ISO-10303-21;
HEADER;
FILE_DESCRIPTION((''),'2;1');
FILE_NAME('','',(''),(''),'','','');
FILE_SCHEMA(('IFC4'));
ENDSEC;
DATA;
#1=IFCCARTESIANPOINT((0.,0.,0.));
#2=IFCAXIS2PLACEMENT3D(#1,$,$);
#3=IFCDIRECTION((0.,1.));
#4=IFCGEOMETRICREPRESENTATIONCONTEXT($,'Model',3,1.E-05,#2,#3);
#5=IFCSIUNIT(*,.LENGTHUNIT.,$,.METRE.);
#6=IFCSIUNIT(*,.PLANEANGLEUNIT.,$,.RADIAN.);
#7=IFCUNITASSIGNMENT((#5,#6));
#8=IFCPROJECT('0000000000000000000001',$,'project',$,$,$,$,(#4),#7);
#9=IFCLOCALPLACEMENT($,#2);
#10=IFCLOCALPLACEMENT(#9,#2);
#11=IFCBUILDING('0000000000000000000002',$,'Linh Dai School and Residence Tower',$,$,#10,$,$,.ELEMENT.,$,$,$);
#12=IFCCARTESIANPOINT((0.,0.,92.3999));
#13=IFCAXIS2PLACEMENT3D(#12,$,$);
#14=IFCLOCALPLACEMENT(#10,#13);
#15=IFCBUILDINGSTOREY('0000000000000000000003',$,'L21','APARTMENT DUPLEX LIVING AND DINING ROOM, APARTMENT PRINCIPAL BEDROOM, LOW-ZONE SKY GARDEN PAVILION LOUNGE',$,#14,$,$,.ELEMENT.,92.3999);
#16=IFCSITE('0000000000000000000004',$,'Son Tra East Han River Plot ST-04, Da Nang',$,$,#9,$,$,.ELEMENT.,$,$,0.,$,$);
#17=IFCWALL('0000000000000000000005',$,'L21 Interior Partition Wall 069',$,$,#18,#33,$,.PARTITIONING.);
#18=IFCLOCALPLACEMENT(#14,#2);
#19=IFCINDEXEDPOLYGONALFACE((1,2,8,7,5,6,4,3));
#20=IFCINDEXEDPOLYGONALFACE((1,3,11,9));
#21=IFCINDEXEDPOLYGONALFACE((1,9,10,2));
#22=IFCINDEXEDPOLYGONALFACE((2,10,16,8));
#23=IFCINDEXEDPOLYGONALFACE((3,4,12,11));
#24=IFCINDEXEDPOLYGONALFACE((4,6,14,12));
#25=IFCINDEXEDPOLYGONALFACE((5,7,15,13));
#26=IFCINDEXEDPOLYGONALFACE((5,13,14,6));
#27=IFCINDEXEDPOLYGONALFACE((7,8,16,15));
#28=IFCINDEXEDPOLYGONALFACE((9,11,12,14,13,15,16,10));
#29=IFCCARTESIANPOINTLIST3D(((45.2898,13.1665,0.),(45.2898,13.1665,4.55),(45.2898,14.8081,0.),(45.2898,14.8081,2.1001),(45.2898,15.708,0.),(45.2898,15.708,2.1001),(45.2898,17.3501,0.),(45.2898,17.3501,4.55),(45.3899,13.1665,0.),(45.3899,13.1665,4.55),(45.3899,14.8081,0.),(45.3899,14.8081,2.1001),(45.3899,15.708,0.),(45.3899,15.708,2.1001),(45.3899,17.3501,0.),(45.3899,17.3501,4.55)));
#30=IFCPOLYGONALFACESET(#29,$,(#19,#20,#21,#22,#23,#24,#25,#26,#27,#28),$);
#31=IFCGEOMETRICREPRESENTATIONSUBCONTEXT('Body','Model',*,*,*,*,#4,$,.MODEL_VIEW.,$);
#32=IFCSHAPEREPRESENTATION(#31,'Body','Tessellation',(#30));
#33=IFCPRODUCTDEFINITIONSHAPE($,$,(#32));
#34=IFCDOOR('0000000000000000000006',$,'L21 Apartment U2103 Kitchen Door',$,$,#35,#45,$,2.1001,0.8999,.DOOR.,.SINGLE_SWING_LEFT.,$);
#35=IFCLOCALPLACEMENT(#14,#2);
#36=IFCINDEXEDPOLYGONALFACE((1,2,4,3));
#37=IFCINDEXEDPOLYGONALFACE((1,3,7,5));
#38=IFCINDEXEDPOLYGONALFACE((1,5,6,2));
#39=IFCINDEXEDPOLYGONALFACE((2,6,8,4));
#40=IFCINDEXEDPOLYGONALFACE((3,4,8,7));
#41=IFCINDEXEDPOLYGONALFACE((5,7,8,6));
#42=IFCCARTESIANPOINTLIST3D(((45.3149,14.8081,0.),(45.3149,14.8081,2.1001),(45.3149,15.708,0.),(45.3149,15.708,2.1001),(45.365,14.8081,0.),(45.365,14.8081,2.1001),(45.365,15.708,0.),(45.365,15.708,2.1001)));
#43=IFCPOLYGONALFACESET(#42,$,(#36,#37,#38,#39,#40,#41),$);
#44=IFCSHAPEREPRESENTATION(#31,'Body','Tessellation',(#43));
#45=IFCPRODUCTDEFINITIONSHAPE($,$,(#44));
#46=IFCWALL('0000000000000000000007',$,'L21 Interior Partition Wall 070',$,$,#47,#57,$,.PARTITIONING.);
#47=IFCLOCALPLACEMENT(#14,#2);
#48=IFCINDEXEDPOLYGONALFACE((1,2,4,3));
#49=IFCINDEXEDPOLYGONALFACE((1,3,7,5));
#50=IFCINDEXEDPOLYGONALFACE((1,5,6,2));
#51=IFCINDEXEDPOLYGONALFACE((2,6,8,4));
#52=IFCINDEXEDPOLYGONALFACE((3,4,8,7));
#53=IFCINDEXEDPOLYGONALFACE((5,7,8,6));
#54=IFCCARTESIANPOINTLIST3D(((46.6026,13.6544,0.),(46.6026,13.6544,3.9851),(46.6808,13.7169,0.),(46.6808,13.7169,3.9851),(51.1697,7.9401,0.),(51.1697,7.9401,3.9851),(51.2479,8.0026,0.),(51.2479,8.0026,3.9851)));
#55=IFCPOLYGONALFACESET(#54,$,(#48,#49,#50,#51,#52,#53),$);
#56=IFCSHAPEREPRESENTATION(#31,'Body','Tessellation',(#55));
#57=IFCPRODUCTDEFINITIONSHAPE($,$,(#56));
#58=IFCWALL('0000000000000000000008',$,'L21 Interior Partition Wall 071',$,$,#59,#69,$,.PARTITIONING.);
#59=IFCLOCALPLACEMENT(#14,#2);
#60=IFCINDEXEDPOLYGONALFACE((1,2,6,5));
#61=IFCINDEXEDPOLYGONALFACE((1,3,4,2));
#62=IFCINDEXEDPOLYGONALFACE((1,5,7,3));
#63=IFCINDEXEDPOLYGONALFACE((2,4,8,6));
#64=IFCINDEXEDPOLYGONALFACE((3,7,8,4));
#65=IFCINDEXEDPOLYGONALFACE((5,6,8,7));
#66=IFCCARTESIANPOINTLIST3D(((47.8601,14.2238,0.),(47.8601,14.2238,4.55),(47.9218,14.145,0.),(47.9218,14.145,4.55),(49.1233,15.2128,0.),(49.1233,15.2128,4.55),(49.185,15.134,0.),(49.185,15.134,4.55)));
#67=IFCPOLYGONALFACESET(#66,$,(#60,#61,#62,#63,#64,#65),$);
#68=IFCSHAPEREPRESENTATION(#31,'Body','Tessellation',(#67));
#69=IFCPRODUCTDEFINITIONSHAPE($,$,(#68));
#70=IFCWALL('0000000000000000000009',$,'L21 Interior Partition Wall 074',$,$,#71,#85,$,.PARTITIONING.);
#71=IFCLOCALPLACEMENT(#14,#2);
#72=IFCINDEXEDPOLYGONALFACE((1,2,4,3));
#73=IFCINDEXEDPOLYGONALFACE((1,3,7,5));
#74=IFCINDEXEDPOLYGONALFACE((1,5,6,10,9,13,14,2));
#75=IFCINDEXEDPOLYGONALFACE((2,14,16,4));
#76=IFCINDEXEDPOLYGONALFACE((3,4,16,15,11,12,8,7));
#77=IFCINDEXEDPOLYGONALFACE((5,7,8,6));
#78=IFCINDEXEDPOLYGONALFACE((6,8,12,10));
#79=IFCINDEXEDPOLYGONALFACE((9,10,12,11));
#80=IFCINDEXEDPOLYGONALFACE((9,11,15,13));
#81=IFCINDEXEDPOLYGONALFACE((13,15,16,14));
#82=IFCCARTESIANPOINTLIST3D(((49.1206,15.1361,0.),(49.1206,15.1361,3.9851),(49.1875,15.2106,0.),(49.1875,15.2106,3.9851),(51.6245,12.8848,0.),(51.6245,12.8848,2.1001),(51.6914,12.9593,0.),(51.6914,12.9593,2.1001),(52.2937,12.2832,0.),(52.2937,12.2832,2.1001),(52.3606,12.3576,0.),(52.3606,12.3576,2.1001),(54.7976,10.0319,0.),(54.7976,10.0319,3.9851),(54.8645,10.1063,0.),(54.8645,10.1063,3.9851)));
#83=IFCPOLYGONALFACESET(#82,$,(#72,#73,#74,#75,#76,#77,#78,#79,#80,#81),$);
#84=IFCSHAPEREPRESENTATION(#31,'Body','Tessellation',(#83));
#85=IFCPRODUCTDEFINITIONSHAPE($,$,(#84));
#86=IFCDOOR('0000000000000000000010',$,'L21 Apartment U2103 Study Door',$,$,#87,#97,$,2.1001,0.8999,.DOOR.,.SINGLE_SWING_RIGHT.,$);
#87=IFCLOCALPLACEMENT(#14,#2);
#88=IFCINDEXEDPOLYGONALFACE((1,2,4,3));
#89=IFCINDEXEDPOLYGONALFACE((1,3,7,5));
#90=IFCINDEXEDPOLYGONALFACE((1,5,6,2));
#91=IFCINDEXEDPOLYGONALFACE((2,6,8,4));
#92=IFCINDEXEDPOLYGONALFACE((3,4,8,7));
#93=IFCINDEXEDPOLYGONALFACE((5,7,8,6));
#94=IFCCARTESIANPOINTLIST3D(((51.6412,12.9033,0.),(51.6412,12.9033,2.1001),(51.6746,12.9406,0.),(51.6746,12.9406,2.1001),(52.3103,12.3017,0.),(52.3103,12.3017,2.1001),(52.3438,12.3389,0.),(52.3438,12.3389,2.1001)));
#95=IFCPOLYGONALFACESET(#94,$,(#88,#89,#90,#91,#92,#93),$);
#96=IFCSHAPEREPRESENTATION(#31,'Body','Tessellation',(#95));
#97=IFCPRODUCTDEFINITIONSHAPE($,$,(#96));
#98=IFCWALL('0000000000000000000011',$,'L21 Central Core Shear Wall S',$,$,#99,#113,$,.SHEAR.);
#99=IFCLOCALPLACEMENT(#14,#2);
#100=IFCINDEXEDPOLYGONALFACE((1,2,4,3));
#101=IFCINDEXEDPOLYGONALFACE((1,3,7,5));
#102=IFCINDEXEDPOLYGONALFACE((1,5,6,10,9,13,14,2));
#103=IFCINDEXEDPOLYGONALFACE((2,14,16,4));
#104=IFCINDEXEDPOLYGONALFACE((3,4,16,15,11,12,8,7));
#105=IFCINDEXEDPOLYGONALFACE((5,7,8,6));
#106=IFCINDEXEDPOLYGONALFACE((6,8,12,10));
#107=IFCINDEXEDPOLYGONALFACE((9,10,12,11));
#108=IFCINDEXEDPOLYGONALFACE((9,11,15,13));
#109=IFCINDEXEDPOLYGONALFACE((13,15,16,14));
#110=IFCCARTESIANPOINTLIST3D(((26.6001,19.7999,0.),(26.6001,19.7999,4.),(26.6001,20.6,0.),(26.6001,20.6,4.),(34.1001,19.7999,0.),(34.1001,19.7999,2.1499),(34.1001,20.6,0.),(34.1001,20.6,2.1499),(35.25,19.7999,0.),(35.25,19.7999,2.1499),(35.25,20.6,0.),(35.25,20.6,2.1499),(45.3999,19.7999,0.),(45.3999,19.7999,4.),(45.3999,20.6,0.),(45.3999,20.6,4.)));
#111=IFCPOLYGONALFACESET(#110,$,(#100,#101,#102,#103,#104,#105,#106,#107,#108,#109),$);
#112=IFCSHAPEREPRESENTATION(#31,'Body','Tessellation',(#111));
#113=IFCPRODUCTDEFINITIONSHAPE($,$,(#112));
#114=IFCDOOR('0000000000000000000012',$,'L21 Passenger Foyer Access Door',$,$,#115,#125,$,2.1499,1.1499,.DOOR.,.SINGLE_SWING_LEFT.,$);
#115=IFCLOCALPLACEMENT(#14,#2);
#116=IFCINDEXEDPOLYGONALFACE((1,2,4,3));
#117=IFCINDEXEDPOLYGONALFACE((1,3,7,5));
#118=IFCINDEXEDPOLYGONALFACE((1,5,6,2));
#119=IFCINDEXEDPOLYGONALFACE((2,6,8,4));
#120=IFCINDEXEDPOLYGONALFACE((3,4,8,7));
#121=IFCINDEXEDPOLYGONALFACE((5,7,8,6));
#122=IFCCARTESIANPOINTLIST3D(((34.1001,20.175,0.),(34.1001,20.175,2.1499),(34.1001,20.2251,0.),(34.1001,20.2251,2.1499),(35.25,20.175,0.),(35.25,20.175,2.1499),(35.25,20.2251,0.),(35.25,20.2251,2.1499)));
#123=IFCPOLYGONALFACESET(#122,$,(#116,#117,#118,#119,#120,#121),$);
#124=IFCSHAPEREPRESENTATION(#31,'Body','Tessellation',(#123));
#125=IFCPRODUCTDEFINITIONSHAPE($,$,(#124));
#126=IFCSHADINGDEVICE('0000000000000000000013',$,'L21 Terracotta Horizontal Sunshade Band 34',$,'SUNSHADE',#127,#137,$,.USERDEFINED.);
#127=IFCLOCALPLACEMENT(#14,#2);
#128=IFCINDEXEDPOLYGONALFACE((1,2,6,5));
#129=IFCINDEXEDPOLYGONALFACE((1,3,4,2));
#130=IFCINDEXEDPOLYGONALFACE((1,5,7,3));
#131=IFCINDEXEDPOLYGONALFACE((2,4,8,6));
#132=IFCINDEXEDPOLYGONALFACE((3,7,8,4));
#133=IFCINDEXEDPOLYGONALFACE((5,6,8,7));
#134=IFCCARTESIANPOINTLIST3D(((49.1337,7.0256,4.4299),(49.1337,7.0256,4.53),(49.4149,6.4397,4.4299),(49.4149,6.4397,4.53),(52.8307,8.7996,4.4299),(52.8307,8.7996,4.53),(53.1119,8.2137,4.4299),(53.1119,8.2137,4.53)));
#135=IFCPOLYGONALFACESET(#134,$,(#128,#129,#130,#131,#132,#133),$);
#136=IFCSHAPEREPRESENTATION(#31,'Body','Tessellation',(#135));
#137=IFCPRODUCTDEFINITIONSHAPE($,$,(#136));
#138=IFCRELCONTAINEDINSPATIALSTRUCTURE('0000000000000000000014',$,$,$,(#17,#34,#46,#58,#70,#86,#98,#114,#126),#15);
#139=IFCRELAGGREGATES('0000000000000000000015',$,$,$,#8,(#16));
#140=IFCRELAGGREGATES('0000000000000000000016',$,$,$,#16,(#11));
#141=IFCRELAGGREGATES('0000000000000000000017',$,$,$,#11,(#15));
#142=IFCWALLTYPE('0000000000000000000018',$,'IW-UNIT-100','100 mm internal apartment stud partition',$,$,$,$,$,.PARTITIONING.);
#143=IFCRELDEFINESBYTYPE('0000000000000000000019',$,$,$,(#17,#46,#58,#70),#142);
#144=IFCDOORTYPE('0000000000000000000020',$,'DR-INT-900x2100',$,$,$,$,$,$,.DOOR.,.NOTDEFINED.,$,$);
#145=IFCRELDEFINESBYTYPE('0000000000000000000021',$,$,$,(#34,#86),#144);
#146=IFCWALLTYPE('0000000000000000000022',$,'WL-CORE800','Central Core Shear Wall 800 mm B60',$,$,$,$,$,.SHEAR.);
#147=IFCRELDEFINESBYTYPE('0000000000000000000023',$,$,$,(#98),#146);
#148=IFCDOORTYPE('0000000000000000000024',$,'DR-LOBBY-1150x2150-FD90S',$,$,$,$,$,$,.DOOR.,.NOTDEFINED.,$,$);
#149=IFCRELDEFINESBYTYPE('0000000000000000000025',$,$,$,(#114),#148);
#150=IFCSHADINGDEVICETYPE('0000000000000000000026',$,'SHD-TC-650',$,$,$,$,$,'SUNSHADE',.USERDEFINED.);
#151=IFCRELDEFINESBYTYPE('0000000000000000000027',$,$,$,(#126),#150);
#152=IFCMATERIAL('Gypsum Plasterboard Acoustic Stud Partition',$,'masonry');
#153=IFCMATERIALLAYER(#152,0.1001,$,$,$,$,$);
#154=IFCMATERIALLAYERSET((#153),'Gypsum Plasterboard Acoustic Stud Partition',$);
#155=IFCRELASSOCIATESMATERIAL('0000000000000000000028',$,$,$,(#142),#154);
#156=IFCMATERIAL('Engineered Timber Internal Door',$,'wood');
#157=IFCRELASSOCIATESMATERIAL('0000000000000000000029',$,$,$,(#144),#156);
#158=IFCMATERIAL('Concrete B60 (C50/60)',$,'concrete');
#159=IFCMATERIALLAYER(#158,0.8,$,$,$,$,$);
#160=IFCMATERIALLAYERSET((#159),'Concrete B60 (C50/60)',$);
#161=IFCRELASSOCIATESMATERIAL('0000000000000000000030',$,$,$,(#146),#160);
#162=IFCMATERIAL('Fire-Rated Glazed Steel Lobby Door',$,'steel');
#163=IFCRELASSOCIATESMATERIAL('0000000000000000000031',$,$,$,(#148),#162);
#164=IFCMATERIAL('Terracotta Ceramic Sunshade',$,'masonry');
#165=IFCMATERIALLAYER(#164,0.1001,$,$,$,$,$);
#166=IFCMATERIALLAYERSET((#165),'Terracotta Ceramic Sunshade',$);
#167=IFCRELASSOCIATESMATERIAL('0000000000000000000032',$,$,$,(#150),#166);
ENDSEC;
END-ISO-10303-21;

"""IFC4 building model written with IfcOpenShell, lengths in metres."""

from ifc_helpers import new_model, si_unit, direction, frame, frame_2d, origin, origin_2d, place, context, subcontext, project, spatial, rectangle, extrude, source, transform, mapped, material, layer, layer_set, type_object, element, fill, save


model = new_model("IFC4")

# Units and contexts
model_context = context("Model", 3, precision=1e-05, world=origin(), true_north=direction((0.0, 1.0)))
body_context = subcontext(model_context, "Body", "Model", "MODEL_VIEW")
ifc_project = project(units=[si_unit("LENGTHUNIT", "METRE"), si_unit("PLANEANGLEUNIT", "RADIAN")], contexts=[model_context])

# Site, building, storey
site_placement = place(None, origin())
site = spatial("IfcSite", under=ifc_project, at=site_placement, Name="Son Tra East Han River Plot ST-04, Da Nang", CompositionType="ELEMENT", RefElevation=0.0)
building_placement = place(site_placement, origin())
building = spatial("IfcBuilding", under=site, at=building_placement, Name="Linh Dai School and Residence Tower", CompositionType="ELEMENT")
storey_placement = place(building_placement, frame((0.0, 0.0, 92.3999)))
storey = spatial("IfcBuildingStorey", under=building, at=storey_placement, Name="L21", Description="APARTMENT DUPLEX LIVING AND DINING ROOM, APARTMENT PRINCIPAL BEDROOM, LOW-ZONE SKY GARDEN PAVILION LOUNGE", CompositionType="ELEMENT", Elevation=92.3999)

# Shared definitions
ifc_material_1 = material(Name="Concrete B60 (C50/60)", Category="concrete")

# Wall, opening, door
ifc_material_2 = material(Name="Gypsum Plasterboard Acoustic Stud Partition", Category="masonry")
ifc_layer_1 = layer(ifc_material_2, 0.1001)
ifc_layer_set_1 = layer_set([ifc_layer_1], Name="Gypsum Plasterboard Acoustic Stud Partition")
wall_type_1 = type_object("IfcWallType", Name="IW-UNIT-100", Description="100 mm internal apartment stud partition", PredefinedType="PARTITIONING", material=ifc_layer_set_1)
wall_1_placement = place(storey_placement, frame((45.3398, 13.1665, 0.0), z_axis=(0.0, 0.0, 1.0), x_axis=(0.0, 1.0, 0.0)))
wall_1 = element("IfcWall", 1, at=wall_1_placement, inside=storey, type_object=wall_type_1, Name="L21 Interior Partition Wall 069", PredefinedType="PARTITIONING", context=body_context, shape_type="SweptSolid", body=[
    extrude(rectangle(XDim=4.1836, YDim=0.1001, at=frame_2d((2.0918, 0.0))), origin(), (0.0, 0.0, 1.0), 4.55),
])
opening_1_placement = place(wall_1_placement, frame((1.6416, 0.0, 0.0)))
opening_1 = element("IfcOpeningElement", 2, at=opening_1_placement, cuts=wall_1, PredefinedType="OPENING", context=body_context, shape_type="SweptSolid", body=[
    extrude(rectangle(XDim=0.8999, YDim=2.1001, at=origin_2d()), frame((0.45, 0.0601, 1.05), z_axis=(0.0, -1.0, 0.0), x_axis=(1.0, 0.0, 0.0)), (0.0, 0.0, 1.0), 0.1201),
])
ifc_material_3 = material(Name="Engineered Timber Internal Door", Category="wood")
door_type_1 = type_object("IfcDoorType", Name="DR-INT-900x2100", OperationType="NOTDEFINED", PredefinedType="DOOR", material=ifc_material_3)
shared_shape_1 = source(origin(), body_context, "Body", "SweptSolid", [
    extrude(rectangle(XDim=0.8999, YDim=2.1001, at=origin_2d()), frame((0.45, 0.0249, 1.05), z_axis=(0.0, -1.0, 0.0), x_axis=(1.0, 0.0, 0.0)), (0.0, 0.0, 1.0), 0.05),
])
door_1_placement = place(opening_1_placement, origin())
door_1 = element("IfcDoor", 3, at=door_1_placement, inside=storey, type_object=door_type_1, Name="L21 Apartment U2103 Kitchen Door", OperationType="SINGLE_SWING_LEFT", OverallHeight=2.1001, OverallWidth=0.8999, PredefinedType="DOOR", context=body_context, shape_type="MappedRepresentation", body=[
    mapped(shared_shape_1, transform((0.0, 0.0, 0.0), x_axis=(1.0, 0.0, 0.0), y_axis=(0.0, 1.0, 0.0), z_axis=(0.0, 0.0, 1.0), scale=1.0)),
])
fill(opening_1, door_1)

# Walls
wall_2_placement = place(storey_placement, frame((46.6416, 13.6858, 0.0), z_axis=(0.0, 0.0, 1.0), x_axis=(0.624333, -0.781159, 0.0)))
element("IfcWall", 4, at=wall_2_placement, inside=storey, type_object=wall_type_1, Name="L21 Interior Partition Wall 070", PredefinedType="PARTITIONING", context=body_context, shape_type="SweptSolid", body=[
    extrude(rectangle(XDim=7.3152, YDim=0.1001, at=frame_2d((3.6577, 0.0))), origin(), (0.0, 0.0, 1.0), 3.9851),
])
wall_3_placement = place(storey_placement, frame((47.8909, 14.1843, 0.0), z_axis=(0.0, 0.0, 1.0), x_axis=(0.787373, 0.616476, 0.0)))
element("IfcWall", 5, at=wall_3_placement, inside=storey, type_object=wall_type_1, Name="L21 Interior Partition Wall 071", PredefinedType="PARTITIONING", context=body_context, shape_type="SweptSolid", body=[
    extrude(rectangle(XDim=1.6042, YDim=0.1001, at=frame_2d((0.8022, 0.0))), origin(), (0.0, 0.0, 1.0), 4.55),
])

# Walls, openings, doors
wall_4_placement = place(storey_placement, frame((49.1541, 15.1733, 0.0), z_axis=(0.0, 0.0, 1.0), x_axis=(0.743623, -0.668599, 0.0)))
wall_4 = element("IfcWall", 6, at=wall_4_placement, inside=storey, type_object=wall_type_1, Name="L21 Interior Partition Wall 074", PredefinedType="PARTITIONING", context=body_context, shape_type="SweptSolid", body=[
    extrude(rectangle(XDim=7.6343, YDim=0.1001, at=frame_2d((3.8171, 0.0))), origin(), (0.0, 0.0, 1.0), 3.9851),
])
opening_2_placement = place(wall_4_placement, frame((3.3672, 0.0, 0.0)))
opening_2 = element("IfcOpeningElement", 7, at=opening_2_placement, cuts=wall_4, PredefinedType="OPENING", context=body_context, shape_type="SweptSolid", body=[
    extrude(rectangle(XDim=0.8999, YDim=2.1001, at=origin_2d()), frame((0.45, 0.0601, 1.05), z_axis=(0.0, -1.0, 0.0), x_axis=(1.0, 0.0, 0.0)), (0.0, 0.0, 1.0), 0.1201),
])
door_2_placement = place(opening_2_placement, origin())
door_2 = element("IfcDoor", 8, at=door_2_placement, inside=storey, type_object=door_type_1, Name="L21 Apartment U2103 Study Door", OperationType="SINGLE_SWING_RIGHT", OverallHeight=2.1001, OverallWidth=0.8999, PredefinedType="DOOR", context=body_context, shape_type="MappedRepresentation", body=[
    mapped(shared_shape_1, transform((0.0, 0.0, 0.0), x_axis=(1.0, 0.0, 0.0), y_axis=(0.0, 1.0, 0.0), z_axis=(0.0, 0.0, 1.0), scale=1.0)),
])
fill(opening_2, door_2)
ifc_layer_2 = layer(ifc_material_1, 0.8)
ifc_layer_set_2 = layer_set([ifc_layer_2], Name="Concrete B60 (C50/60)")
wall_type_2 = type_object("IfcWallType", Name="WL-CORE800", Description="Central Core Shear Wall 800 mm B60", PredefinedType="SHEAR", material=ifc_layer_set_2)
wall_5_placement = place(storey_placement, frame((45.3999, 20.2, 0.0), z_axis=(0.0, 0.0, 1.0), x_axis=(-1.0, 0.0, 0.0)))
wall_5 = element("IfcWall", 9, at=wall_5_placement, inside=storey, type_object=wall_type_2, Name="L21 Central Core Shear Wall S", PredefinedType="SHEAR", context=body_context, shape_type="SweptSolid", body=[
    extrude(rectangle(XDim=18.7998, YDim=0.8, at=frame_2d((9.3999, 0.0))), origin(), (0.0, 0.0, 1.0), 4.0),
])
opening_3_placement = place(wall_5_placement, frame((10.1499, 0.0, 0.0)))
opening_3 = element("IfcOpeningElement", 10, at=opening_3_placement, cuts=wall_5, PredefinedType="OPENING", context=body_context, shape_type="SweptSolid", body=[
    extrude(rectangle(XDim=1.1499, YDim=2.1499, at=origin_2d()), frame((0.575, 0.4102, 1.075), z_axis=(0.0, -1.0, 0.0), x_axis=(1.0, 0.0, 0.0)), (0.0, 0.0, 1.0), 0.8201),
])
ifc_material_4 = material(Name="Fire-Rated Glazed Steel Lobby Door", Category="steel")
door_type_2 = type_object("IfcDoorType", Name="DR-LOBBY-1150x2150-FD90S", OperationType="NOTDEFINED", PredefinedType="DOOR", material=ifc_material_4)
shared_shape_2 = source(origin(), body_context, "Body", "SweptSolid", [
    extrude(rectangle(XDim=1.1499, YDim=2.1499, at=origin_2d()), frame((0.575, 0.0249, 1.075), z_axis=(0.0, -1.0, 0.0), x_axis=(1.0, 0.0, 0.0)), (0.0, 0.0, 1.0), 0.05),
])
door_3_placement = place(opening_3_placement, origin())
door_3 = element("IfcDoor", 11, at=door_3_placement, inside=storey, type_object=door_type_2, Name="L21 Passenger Foyer Access Door", OperationType="SINGLE_SWING_LEFT", OverallHeight=2.1499, OverallWidth=1.1499, PredefinedType="DOOR", context=body_context, shape_type="MappedRepresentation", body=[
    mapped(shared_shape_2, transform((0.0, 0.0, 0.0), x_axis=(1.0, 0.0, 0.0), y_axis=(0.0, 1.0, 0.0), z_axis=(0.0, 0.0, 1.0), scale=1.0)),
])
fill(opening_3, door_3)

# Shading device
ifc_material_5 = material(Name="Terracotta Ceramic Sunshade", Category="masonry")
ifc_layer_3 = layer(ifc_material_5, 0.1001)
ifc_layer_set_3 = layer_set([ifc_layer_3], Name="Terracotta Ceramic Sunshade")
shading_device_type = type_object("IfcShadingDeviceType", Name="SHD-TC-650", ElementType="SUNSHADE", PredefinedType="USERDEFINED", material=ifc_layer_set_3)
shared_shape_3 = source(origin(), body_context, "Body", "SweptSolid", [
    extrude(rectangle(XDim=4.1006, YDim=0.6499, at=origin_2d()), origin(), (0.0, 0.0, 1.0), 0.1001),
])
shading_device_placement = place(storey_placement, frame((51.1228, 7.6196, 4.4299), z_axis=(0.0, 0.0, 1.0), x_axis=(-0.901578, -0.432618, 0.0)))
element("IfcShadingDevice", 12, at=shading_device_placement, inside=storey, type_object=shading_device_type, Name="L21 Terracotta Horizontal Sunshade Band 34", ObjectType="SUNSHADE", PredefinedType="USERDEFINED", context=body_context, shape_type="MappedRepresentation", body=[
    mapped(shared_shape_3, transform((0.0, 0.0, 0.0), x_axis=(1.0, 0.0, 0.0), y_axis=(0.0, 1.0, 0.0), z_axis=(0.0, 0.0, 1.0), scale=1.0)),
])

save(model, "model.ifc")
